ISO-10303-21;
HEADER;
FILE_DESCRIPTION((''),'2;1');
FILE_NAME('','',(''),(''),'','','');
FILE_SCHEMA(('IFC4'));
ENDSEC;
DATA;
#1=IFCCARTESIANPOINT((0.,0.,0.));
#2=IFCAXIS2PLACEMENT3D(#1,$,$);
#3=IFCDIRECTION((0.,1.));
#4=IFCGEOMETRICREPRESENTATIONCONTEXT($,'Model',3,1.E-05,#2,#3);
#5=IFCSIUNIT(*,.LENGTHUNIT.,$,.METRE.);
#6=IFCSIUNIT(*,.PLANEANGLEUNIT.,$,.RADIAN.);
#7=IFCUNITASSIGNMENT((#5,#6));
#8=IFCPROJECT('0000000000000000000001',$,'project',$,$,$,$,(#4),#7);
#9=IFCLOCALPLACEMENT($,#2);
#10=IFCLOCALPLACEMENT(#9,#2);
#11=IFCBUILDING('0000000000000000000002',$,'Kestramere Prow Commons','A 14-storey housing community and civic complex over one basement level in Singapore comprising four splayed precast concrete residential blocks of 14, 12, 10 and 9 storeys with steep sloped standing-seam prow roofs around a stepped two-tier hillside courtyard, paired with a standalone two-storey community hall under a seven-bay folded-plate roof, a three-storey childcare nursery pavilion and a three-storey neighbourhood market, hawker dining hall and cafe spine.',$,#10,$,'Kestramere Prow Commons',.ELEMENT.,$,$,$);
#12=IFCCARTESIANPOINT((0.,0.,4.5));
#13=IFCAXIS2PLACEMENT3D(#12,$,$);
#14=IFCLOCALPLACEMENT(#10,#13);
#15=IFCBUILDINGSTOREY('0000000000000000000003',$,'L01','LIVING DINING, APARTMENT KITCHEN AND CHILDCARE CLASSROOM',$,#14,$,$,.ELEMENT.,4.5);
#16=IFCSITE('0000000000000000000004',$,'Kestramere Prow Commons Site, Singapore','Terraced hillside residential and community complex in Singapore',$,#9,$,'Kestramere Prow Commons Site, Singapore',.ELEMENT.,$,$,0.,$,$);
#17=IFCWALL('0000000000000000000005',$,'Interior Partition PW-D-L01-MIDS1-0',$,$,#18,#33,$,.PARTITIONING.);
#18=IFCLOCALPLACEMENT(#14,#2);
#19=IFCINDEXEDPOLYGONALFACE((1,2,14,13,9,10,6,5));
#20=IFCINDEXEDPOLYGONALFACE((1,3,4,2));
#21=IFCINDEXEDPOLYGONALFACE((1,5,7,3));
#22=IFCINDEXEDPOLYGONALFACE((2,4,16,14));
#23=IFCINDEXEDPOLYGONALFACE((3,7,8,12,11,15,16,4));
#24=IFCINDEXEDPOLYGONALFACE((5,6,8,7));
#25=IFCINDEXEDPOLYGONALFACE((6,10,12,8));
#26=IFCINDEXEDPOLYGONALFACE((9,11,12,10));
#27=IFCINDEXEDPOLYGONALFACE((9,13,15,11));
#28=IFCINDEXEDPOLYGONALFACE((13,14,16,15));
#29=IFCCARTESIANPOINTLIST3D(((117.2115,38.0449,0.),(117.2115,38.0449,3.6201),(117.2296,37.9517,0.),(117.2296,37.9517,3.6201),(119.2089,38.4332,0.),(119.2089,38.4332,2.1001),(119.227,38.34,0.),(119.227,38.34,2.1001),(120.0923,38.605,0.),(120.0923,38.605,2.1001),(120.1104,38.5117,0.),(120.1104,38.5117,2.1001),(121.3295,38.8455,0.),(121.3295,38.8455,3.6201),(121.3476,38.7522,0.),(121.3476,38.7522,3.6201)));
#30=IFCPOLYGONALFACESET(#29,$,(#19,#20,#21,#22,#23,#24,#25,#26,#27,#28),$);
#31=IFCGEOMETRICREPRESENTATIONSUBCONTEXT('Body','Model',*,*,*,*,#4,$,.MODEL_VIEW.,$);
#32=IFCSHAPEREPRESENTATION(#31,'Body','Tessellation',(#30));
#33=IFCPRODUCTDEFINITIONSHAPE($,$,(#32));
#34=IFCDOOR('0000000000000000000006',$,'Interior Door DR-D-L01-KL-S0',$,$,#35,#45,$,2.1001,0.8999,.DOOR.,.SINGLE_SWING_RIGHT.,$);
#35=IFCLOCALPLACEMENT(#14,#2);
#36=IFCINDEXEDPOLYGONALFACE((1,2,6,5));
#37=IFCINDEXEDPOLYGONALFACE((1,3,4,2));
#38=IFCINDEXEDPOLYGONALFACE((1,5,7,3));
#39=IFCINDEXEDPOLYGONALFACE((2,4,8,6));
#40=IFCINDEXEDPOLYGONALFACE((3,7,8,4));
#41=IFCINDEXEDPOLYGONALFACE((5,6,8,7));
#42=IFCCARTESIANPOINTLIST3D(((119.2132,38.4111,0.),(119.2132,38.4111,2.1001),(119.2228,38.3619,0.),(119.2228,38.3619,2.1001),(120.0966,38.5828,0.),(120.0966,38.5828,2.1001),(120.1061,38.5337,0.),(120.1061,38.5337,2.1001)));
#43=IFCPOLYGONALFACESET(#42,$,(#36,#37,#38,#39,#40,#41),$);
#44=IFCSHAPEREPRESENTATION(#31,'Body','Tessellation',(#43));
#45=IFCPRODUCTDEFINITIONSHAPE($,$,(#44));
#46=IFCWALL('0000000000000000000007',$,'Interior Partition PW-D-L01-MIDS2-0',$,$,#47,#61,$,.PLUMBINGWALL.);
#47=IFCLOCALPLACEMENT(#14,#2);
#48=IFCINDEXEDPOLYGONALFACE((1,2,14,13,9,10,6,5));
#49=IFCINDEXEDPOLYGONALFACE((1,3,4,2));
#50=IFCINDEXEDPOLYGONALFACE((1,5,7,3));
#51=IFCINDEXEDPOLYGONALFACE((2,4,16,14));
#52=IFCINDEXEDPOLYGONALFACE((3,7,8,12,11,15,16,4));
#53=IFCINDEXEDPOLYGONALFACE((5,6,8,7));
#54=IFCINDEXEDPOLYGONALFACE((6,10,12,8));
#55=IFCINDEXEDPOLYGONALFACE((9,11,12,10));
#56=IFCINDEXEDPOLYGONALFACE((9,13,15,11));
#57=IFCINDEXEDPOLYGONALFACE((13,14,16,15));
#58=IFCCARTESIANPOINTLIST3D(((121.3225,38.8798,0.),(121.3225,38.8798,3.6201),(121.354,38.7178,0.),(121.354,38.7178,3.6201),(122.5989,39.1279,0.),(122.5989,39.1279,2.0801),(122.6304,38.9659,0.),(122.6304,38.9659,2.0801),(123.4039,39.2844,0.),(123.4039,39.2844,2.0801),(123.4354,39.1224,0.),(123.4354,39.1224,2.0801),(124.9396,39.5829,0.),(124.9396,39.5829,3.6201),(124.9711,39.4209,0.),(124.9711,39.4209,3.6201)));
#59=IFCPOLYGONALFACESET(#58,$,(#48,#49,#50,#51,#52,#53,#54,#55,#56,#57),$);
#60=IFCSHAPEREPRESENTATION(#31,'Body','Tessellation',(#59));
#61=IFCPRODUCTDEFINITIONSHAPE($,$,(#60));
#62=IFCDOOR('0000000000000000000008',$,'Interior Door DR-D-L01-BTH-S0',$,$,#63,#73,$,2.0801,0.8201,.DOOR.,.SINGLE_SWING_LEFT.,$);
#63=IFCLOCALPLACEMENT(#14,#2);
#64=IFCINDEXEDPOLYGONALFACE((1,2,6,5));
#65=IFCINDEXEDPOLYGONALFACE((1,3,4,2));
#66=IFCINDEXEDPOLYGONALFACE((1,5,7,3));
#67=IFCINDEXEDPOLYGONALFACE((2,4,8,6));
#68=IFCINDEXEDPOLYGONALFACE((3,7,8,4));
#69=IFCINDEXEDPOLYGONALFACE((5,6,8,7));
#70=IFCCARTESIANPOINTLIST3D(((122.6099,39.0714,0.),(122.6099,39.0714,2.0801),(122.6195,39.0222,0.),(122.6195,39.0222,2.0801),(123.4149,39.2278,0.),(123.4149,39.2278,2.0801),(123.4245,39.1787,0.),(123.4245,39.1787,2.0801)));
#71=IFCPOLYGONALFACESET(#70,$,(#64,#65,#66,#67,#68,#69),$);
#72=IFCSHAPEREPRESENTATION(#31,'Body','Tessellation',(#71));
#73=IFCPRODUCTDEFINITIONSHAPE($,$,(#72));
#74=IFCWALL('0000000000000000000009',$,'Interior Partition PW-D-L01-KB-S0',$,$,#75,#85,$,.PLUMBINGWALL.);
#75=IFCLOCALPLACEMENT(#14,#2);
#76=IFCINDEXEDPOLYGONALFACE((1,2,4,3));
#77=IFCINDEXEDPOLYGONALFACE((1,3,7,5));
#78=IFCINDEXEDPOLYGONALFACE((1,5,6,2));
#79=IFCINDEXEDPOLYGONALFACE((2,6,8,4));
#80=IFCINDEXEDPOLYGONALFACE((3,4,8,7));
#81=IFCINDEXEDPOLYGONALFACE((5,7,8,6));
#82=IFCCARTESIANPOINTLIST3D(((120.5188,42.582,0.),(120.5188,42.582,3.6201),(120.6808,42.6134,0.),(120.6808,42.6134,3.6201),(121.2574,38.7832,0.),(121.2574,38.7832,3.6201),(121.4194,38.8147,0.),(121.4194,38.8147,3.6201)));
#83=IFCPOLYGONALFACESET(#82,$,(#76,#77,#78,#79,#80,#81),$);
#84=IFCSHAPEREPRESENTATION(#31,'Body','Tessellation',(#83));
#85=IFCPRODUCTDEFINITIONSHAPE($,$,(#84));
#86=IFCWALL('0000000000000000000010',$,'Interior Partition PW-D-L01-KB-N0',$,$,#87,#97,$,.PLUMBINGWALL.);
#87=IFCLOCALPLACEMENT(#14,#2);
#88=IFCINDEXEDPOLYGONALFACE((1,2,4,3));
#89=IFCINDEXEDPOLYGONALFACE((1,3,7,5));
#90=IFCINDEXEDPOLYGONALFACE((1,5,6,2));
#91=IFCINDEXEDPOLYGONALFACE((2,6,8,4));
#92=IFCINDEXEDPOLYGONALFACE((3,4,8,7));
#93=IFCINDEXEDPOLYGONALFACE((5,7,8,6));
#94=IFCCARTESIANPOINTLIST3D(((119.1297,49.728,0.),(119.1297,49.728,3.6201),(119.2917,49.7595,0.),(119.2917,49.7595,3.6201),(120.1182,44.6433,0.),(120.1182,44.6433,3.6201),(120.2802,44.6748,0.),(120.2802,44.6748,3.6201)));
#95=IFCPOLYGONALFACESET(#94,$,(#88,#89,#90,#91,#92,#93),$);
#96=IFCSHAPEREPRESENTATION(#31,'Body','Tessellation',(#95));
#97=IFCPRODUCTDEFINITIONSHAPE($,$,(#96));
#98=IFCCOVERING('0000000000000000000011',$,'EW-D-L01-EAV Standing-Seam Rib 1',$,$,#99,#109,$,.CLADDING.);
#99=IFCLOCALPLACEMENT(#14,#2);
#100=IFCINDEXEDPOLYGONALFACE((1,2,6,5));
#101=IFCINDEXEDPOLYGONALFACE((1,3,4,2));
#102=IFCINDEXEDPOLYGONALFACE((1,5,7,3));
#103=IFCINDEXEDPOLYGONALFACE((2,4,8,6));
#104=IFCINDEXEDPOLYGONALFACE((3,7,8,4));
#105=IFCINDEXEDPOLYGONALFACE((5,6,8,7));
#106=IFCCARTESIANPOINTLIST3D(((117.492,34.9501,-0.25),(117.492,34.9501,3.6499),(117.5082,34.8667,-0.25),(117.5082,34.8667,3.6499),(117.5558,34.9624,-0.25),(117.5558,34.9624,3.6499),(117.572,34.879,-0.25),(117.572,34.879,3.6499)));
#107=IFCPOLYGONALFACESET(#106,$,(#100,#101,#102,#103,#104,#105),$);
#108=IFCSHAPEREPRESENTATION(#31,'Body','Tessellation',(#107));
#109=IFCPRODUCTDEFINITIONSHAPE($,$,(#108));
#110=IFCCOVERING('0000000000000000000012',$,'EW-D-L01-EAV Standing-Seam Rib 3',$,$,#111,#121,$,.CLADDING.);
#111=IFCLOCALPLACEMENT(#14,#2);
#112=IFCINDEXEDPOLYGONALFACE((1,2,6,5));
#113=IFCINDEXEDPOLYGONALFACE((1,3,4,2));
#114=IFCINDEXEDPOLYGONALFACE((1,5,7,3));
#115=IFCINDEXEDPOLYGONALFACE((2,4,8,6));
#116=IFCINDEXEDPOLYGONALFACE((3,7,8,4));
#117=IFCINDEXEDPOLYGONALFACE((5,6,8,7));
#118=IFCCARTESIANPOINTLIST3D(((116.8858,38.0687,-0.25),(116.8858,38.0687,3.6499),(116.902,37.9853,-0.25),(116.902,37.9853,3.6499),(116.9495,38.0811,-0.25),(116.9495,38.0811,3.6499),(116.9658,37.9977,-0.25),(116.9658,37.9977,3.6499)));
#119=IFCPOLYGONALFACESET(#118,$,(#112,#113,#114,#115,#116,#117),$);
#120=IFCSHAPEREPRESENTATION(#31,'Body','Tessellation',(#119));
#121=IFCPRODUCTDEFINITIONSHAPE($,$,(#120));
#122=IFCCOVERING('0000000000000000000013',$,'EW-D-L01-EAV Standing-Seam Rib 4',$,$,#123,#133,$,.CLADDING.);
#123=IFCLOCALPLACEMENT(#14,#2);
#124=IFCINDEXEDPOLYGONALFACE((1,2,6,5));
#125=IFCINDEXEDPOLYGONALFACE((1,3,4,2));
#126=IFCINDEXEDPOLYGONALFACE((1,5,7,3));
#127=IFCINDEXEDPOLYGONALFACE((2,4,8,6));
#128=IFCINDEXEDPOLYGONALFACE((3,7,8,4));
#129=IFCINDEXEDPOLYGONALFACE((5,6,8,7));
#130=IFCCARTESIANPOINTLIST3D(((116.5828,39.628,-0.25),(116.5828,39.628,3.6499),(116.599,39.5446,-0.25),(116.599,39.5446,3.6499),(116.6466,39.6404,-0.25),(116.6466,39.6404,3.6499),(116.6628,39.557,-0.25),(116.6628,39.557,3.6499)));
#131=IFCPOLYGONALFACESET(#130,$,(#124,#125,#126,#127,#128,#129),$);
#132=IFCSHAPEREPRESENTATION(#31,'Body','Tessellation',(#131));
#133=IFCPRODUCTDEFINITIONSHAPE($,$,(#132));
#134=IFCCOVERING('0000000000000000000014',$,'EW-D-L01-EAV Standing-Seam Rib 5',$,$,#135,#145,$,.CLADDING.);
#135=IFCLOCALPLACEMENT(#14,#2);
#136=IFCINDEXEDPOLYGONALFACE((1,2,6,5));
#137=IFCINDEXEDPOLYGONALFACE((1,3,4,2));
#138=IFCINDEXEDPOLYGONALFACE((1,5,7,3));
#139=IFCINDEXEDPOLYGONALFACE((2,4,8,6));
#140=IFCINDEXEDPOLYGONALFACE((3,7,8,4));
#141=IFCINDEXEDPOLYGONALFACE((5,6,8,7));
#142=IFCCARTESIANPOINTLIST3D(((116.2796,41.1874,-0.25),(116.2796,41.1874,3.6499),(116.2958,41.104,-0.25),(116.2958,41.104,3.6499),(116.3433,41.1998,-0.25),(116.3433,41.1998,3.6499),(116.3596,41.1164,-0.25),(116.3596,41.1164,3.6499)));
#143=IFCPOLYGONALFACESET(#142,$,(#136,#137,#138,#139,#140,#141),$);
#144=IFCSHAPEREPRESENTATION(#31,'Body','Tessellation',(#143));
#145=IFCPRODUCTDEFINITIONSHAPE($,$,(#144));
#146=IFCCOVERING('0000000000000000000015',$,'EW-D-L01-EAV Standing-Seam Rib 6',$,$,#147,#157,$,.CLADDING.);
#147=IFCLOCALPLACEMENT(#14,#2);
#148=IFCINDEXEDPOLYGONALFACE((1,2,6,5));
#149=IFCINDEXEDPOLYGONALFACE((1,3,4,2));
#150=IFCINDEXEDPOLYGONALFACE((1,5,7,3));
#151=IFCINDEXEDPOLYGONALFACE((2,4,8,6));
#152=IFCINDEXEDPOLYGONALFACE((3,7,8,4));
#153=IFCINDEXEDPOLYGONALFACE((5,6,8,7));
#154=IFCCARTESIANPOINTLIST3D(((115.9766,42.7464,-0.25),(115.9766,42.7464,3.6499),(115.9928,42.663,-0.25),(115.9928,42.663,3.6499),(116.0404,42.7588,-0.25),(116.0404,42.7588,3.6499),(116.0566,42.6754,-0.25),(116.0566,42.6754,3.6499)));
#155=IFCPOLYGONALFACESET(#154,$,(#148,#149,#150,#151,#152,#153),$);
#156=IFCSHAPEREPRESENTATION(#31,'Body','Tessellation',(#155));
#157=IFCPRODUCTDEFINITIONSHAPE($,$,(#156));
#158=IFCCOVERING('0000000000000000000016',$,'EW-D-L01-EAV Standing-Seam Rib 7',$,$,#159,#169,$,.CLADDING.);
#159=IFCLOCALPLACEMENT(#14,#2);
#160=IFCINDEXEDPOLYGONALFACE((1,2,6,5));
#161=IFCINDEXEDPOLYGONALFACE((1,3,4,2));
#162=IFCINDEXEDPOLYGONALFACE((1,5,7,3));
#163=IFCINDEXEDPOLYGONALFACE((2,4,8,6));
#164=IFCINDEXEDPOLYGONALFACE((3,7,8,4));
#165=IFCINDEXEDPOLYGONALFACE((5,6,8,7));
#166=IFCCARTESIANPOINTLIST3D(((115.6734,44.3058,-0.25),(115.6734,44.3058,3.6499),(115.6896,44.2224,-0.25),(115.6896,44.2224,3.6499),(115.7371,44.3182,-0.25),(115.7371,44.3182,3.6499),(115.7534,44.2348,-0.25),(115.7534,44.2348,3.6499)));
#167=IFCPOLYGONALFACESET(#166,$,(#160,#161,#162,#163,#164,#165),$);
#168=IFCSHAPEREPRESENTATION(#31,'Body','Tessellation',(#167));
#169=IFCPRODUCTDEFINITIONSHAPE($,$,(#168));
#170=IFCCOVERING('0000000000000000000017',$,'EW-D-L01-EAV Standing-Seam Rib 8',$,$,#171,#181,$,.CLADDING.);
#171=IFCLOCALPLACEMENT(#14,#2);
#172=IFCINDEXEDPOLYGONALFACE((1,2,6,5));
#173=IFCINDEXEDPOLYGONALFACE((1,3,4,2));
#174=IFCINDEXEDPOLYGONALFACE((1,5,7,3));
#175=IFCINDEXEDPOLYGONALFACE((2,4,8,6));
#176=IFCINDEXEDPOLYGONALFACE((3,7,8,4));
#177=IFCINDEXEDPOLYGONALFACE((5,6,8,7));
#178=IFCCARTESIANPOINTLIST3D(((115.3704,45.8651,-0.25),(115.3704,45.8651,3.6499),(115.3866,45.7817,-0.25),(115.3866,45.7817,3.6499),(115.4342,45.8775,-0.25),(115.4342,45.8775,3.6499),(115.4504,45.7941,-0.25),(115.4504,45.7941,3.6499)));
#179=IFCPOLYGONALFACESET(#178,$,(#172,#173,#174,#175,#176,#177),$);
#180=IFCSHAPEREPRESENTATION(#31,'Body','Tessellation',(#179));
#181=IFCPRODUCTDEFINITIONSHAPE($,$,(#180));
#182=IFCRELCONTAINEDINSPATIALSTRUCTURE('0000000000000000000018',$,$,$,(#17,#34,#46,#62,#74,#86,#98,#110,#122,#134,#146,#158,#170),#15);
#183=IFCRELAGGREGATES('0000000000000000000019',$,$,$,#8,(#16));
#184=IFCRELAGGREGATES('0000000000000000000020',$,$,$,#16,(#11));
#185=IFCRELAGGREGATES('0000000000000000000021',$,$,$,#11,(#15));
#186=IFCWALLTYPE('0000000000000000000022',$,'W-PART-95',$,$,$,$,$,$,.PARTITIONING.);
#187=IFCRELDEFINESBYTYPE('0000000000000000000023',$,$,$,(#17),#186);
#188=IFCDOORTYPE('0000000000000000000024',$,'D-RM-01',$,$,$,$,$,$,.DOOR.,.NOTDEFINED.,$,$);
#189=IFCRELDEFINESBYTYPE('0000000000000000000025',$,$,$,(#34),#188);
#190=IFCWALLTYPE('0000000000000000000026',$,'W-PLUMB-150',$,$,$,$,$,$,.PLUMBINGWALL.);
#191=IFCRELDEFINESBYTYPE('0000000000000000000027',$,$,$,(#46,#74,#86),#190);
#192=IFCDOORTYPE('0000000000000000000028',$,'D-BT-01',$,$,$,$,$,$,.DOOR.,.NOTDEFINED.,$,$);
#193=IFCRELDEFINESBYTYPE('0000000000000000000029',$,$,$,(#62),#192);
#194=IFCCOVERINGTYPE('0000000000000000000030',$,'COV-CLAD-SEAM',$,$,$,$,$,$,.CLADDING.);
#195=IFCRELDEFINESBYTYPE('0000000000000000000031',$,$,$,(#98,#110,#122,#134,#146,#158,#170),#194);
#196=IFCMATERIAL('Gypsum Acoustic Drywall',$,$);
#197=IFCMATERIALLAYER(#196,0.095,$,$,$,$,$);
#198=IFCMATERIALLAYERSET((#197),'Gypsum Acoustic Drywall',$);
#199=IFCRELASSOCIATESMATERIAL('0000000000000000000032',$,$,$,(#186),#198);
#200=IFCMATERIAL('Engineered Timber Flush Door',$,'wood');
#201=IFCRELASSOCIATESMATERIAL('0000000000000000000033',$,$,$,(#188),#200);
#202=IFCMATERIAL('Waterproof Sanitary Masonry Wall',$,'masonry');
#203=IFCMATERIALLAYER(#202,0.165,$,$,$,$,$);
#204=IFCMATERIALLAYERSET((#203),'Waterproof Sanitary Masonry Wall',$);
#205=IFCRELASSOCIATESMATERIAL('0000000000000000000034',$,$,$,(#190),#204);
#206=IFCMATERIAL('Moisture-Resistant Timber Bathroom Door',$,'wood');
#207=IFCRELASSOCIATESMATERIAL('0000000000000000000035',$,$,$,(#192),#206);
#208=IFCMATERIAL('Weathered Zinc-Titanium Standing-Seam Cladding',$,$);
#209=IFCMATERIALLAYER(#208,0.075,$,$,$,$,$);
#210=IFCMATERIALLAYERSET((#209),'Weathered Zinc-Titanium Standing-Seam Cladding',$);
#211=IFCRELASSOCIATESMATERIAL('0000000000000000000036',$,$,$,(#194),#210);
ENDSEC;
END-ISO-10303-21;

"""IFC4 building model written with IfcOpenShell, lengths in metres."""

from ifc_helpers import new_model, si_unit, direction, frame, frame_2d, origin, origin_2d, place, context, subcontext, project, spatial, rectangle, extrude, material, layer, layer_set, type_object, element, fill, save


model = new_model("IFC4")

# Units and contexts
model_context = context("Model", 3, precision=1e-05, world=origin(), true_north=direction((0.0, 1.0)))
body_context = subcontext(model_context, "Body", "Model", "MODEL_VIEW")
ifc_project = project(units=[si_unit("LENGTHUNIT", "METRE"), si_unit("PLANEANGLEUNIT", "RADIAN")], contexts=[model_context])

# Site, building, storey
site_placement = place(None, origin())
site = spatial("IfcSite", under=ifc_project, at=site_placement, Name="Kestramere Prow Commons Site, Singapore", Description="Terraced hillside residential and community complex in Singapore", LongName="Kestramere Prow Commons Site, Singapore", CompositionType="ELEMENT", RefElevation=0.0)
building_placement = place(site_placement, origin())
building = spatial("IfcBuilding", under=site, at=building_placement, Name="Kestramere Prow Commons", Description="A 14-storey housing community and civic complex over one basement level in Singapore comprising four splayed precast concrete residential blocks of 14, 12, 10 and 9 storeys with steep sloped standing-seam prow roofs around a stepped two-tier hillside courtyard, paired with a standalone two-storey community hall under a seven-bay folded-plate roof, a three-storey childcare nursery pavilion and a three-storey neighbourhood market, hawker dining hall and cafe spine.", LongName="Kestramere Prow Commons", CompositionType="ELEMENT")
storey_placement = place(building_placement, frame((0.0, 0.0, 4.5)))
storey = spatial("IfcBuildingStorey", under=building, at=storey_placement, Name="L01", Description="LIVING DINING, APARTMENT KITCHEN AND CHILDCARE CLASSROOM", CompositionType="ELEMENT", Elevation=4.5)

# Walls, openings, doors
ifc_material_1 = material(Name="Gypsum Acoustic Drywall")
ifc_layer_1 = layer(ifc_material_1, 0.095)
ifc_layer_set_1 = layer_set([ifc_layer_1], Name="Gypsum Acoustic Drywall")
wall_type_1 = type_object("IfcWallType", Name="W-PART-95", PredefinedType="PARTITIONING", material=ifc_layer_set_1)
wall_1_placement = place(storey_placement, frame((117.2205, 37.9983, 0.0), z_axis=(0.0, 0.0, 1.0), x_axis=(0.981623, 0.190831, 0.0)))
wall_1 = element("IfcWall", 1, at=wall_1_placement, inside=storey, type_object=wall_type_1, Name="Interior Partition PW-D-L01-MIDS1-0", PredefinedType="PARTITIONING", context=body_context, shape_type="SweptSolid", body=[
    extrude(rectangle(XDim=4.1951, YDim=0.095, at=frame_2d((2.0977, 0.0))), origin(), (0.0, 0.0, 1.0), 3.6201),
])
opening_1_placement = place(wall_1_placement, frame((2.0349, 0.0, 0.0)))
opening_1 = element("IfcOpeningElement", 2, at=opening_1_placement, cuts=wall_1, PredefinedType="OPENING", context=body_context, shape_type="SweptSolid", body=[
    extrude(rectangle(XDim=0.8999, YDim=2.1001, at=frame_2d((0.45, 1.05))), frame((0.0, 0.0625, 0.0), z_axis=(0.0, -1.0, 0.0), x_axis=(1.0, 0.0, 0.0)), (0.0, 0.0, 1.0), 0.125),
])
ifc_material_2 = material(Name="Engineered Timber Flush Door", Category="wood")
door_type_1 = type_object("IfcDoorType", Name="D-RM-01", OperationType="NOTDEFINED", PredefinedType="DOOR", material=ifc_material_2)
door_1_placement = place(opening_1_placement, origin())
door_1 = element("IfcDoor", 3, at=door_1_placement, inside=storey, type_object=door_type_1, Name="Interior Door DR-D-L01-KL-S0", OperationType="SINGLE_SWING_RIGHT", OverallHeight=2.1001, OverallWidth=0.8999, PredefinedType="DOOR", context=body_context, shape_type="SweptSolid", body=[
    extrude(rectangle(XDim=0.8999, YDim=2.1001, at=frame_2d((0.45, 1.05))), frame((0.0, 0.0249, 0.0), z_axis=(0.0, -1.0, 0.0), x_axis=(1.0, 0.0, 0.0)), (0.0, 0.0, 1.0), 0.05),
])
fill(opening_1, door_1)
ifc_material_3 = material(Name="Waterproof Sanitary Masonry Wall", Category="masonry")
ifc_layer_2 = layer(ifc_material_3, 0.165)
ifc_layer_set_2 = layer_set([ifc_layer_2], Name="Waterproof Sanitary Masonry Wall")
wall_type_2 = type_object("IfcWallType", Name="W-PLUMB-150", PredefinedType="PLUMBINGWALL", material=ifc_layer_set_2)
wall_2_placement = place(storey_placement, frame((121.3384, 38.7988, 0.0), z_axis=(0.0, 0.0, 1.0), x_axis=(0.981626, 0.190813, 0.0)))
wall_2 = element("IfcWall", 4, at=wall_2_placement, inside=storey, type_object=wall_type_2, Name="Interior Partition PW-D-L01-MIDS2-0", PredefinedType="PLUMBINGWALL", context=body_context, shape_type="SweptSolid", body=[
    extrude(rectangle(XDim=3.6848, YDim=0.165, at=frame_2d((1.8423, 0.0))), origin(), (0.0, 0.0, 1.0), 3.6201),
])
opening_2_placement = place(wall_2_placement, frame((1.3, 0.0, 0.0)))
opening_2 = element("IfcOpeningElement", 5, at=opening_2_placement, cuts=wall_2, PredefinedType="OPENING", context=body_context, shape_type="SweptSolid", body=[
    extrude(rectangle(XDim=0.8201, YDim=2.0801, at=frame_2d((0.4102, 1.04))), frame((0.0, 0.0974, 0.0), z_axis=(0.0, -1.0, 0.0), x_axis=(1.0, 0.0, 0.0)), (0.0, 0.0, 1.0), 0.1951),
])
ifc_material_4 = material(Name="Moisture-Resistant Timber Bathroom Door", Category="wood")
door_type_2 = type_object("IfcDoorType", Name="D-BT-01", OperationType="NOTDEFINED", PredefinedType="DOOR", material=ifc_material_4)
door_2_placement = place(opening_2_placement, origin())
door_2 = element("IfcDoor", 6, at=door_2_placement, inside=storey, type_object=door_type_2, Name="Interior Door DR-D-L01-BTH-S0", OperationType="SINGLE_SWING_LEFT", OverallHeight=2.0801, OverallWidth=0.8201, PredefinedType="DOOR", context=body_context, shape_type="SweptSolid", body=[
    extrude(rectangle(XDim=0.8201, YDim=2.0801, at=frame_2d((0.4102, 1.04))), frame((0.0, 0.0249, 0.0), z_axis=(0.0, -1.0, 0.0), x_axis=(1.0, 0.0, 0.0)), (0.0, 0.0, 1.0), 0.05),
])
fill(opening_2, door_2)

# Walls
wall_3_placement = place(storey_placement, frame((121.3384, 38.7988, 0.0), z_axis=(0.0, 0.0, 1.0), x_axis=(-0.190836, 0.981622, 0.0)))
element("IfcWall", 7, at=wall_3_placement, inside=storey, type_object=wall_type_2, Name="Interior Partition PW-D-L01-KB-S0", PredefinedType="PLUMBINGWALL", context=body_context, shape_type="SweptSolid", body=[
    extrude(rectangle(XDim=3.8699, YDim=0.165, at=frame_2d((1.9351, 0.0))), origin(), (0.0, 0.0, 1.0), 3.6201),
])
wall_4_placement = place(storey_placement, frame((120.1992, 44.6592, 0.0), z_axis=(0.0, 0.0, 1.0), x_axis=(-0.190838, 0.981622, 0.0)))
element("IfcWall", 8, at=wall_4_placement, inside=storey, type_object=wall_type_2, Name="Interior Partition PW-D-L01-KB-N0", PredefinedType="PLUMBINGWALL", context=body_context, shape_type="SweptSolid", body=[
    extrude(rectangle(XDim=5.1799, YDim=0.165, at=frame_2d((2.5898, 0.0))), origin(), (0.0, 0.0, 1.0), 3.6201),
])

# Coverings
ifc_material_5 = material(Name="Weathered Zinc-Titanium Standing-Seam Cladding")
ifc_layer_3 = layer(ifc_material_5, 0.075)
ifc_layer_set_3 = layer_set([ifc_layer_3], Name="Weathered Zinc-Titanium Standing-Seam Cladding")
covering_type = type_object("IfcCoveringType", Name="COV-CLAD-SEAM", PredefinedType="CLADDING", material=ifc_layer_set_3)
for number, where, z_axis, x_axis, name in (
    (9, (117.532, 34.9146, -0.25), (0.0, 0.0, 1.0), (-0.190809, 0.981627, 0.0), "EW-D-L01-EAV Standing-Seam Rib 1"),
    (10, (116.9258, 38.0332, -0.25), (0.0, 0.0, 1.0), (-0.190809, 0.981627, 0.0), "EW-D-L01-EAV Standing-Seam Rib 3"),
    (11, (116.6228, 39.5925, -0.25), (0.0, 0.0, 1.0), (-0.190809, 0.981627, 0.0), "EW-D-L01-EAV Standing-Seam Rib 4"),
    (12, (116.3196, 41.1519, -0.25), (0.0, 0.0, 1.0), (-0.190809, 0.981627, 0.0), "EW-D-L01-EAV Standing-Seam Rib 5"),
    (13, (116.0166, 42.7109, -0.25), (0.0, 0.0, 1.0), (-0.190809, 0.981627, 0.0), "EW-D-L01-EAV Standing-Seam Rib 6"),
    (14, (115.7134, 44.2703, -0.25), (0.0, 0.0, 1.0), (-0.190809, 0.981627, 0.0), "EW-D-L01-EAV Standing-Seam Rib 7"),
    (15, (115.4104, 45.8296, -0.25), (0.0, 0.0, 1.0), (-0.190809, 0.981627, 0.0), "EW-D-L01-EAV Standing-Seam Rib 8"),
):
    element("IfcCovering", number, at=place(storey_placement, frame(where, z_axis=z_axis, x_axis=x_axis)), inside=storey, type_object=covering_type, Name=name, PredefinedType="CLADDING", context=body_context, shape_type="SweptSolid", body=[
        extrude(rectangle(XDim=0.085, YDim=0.0649, at=origin_2d()), origin(), (0.0, 0.0, 1.0), 3.8999),
    ])

save(model, "model.ifc")
